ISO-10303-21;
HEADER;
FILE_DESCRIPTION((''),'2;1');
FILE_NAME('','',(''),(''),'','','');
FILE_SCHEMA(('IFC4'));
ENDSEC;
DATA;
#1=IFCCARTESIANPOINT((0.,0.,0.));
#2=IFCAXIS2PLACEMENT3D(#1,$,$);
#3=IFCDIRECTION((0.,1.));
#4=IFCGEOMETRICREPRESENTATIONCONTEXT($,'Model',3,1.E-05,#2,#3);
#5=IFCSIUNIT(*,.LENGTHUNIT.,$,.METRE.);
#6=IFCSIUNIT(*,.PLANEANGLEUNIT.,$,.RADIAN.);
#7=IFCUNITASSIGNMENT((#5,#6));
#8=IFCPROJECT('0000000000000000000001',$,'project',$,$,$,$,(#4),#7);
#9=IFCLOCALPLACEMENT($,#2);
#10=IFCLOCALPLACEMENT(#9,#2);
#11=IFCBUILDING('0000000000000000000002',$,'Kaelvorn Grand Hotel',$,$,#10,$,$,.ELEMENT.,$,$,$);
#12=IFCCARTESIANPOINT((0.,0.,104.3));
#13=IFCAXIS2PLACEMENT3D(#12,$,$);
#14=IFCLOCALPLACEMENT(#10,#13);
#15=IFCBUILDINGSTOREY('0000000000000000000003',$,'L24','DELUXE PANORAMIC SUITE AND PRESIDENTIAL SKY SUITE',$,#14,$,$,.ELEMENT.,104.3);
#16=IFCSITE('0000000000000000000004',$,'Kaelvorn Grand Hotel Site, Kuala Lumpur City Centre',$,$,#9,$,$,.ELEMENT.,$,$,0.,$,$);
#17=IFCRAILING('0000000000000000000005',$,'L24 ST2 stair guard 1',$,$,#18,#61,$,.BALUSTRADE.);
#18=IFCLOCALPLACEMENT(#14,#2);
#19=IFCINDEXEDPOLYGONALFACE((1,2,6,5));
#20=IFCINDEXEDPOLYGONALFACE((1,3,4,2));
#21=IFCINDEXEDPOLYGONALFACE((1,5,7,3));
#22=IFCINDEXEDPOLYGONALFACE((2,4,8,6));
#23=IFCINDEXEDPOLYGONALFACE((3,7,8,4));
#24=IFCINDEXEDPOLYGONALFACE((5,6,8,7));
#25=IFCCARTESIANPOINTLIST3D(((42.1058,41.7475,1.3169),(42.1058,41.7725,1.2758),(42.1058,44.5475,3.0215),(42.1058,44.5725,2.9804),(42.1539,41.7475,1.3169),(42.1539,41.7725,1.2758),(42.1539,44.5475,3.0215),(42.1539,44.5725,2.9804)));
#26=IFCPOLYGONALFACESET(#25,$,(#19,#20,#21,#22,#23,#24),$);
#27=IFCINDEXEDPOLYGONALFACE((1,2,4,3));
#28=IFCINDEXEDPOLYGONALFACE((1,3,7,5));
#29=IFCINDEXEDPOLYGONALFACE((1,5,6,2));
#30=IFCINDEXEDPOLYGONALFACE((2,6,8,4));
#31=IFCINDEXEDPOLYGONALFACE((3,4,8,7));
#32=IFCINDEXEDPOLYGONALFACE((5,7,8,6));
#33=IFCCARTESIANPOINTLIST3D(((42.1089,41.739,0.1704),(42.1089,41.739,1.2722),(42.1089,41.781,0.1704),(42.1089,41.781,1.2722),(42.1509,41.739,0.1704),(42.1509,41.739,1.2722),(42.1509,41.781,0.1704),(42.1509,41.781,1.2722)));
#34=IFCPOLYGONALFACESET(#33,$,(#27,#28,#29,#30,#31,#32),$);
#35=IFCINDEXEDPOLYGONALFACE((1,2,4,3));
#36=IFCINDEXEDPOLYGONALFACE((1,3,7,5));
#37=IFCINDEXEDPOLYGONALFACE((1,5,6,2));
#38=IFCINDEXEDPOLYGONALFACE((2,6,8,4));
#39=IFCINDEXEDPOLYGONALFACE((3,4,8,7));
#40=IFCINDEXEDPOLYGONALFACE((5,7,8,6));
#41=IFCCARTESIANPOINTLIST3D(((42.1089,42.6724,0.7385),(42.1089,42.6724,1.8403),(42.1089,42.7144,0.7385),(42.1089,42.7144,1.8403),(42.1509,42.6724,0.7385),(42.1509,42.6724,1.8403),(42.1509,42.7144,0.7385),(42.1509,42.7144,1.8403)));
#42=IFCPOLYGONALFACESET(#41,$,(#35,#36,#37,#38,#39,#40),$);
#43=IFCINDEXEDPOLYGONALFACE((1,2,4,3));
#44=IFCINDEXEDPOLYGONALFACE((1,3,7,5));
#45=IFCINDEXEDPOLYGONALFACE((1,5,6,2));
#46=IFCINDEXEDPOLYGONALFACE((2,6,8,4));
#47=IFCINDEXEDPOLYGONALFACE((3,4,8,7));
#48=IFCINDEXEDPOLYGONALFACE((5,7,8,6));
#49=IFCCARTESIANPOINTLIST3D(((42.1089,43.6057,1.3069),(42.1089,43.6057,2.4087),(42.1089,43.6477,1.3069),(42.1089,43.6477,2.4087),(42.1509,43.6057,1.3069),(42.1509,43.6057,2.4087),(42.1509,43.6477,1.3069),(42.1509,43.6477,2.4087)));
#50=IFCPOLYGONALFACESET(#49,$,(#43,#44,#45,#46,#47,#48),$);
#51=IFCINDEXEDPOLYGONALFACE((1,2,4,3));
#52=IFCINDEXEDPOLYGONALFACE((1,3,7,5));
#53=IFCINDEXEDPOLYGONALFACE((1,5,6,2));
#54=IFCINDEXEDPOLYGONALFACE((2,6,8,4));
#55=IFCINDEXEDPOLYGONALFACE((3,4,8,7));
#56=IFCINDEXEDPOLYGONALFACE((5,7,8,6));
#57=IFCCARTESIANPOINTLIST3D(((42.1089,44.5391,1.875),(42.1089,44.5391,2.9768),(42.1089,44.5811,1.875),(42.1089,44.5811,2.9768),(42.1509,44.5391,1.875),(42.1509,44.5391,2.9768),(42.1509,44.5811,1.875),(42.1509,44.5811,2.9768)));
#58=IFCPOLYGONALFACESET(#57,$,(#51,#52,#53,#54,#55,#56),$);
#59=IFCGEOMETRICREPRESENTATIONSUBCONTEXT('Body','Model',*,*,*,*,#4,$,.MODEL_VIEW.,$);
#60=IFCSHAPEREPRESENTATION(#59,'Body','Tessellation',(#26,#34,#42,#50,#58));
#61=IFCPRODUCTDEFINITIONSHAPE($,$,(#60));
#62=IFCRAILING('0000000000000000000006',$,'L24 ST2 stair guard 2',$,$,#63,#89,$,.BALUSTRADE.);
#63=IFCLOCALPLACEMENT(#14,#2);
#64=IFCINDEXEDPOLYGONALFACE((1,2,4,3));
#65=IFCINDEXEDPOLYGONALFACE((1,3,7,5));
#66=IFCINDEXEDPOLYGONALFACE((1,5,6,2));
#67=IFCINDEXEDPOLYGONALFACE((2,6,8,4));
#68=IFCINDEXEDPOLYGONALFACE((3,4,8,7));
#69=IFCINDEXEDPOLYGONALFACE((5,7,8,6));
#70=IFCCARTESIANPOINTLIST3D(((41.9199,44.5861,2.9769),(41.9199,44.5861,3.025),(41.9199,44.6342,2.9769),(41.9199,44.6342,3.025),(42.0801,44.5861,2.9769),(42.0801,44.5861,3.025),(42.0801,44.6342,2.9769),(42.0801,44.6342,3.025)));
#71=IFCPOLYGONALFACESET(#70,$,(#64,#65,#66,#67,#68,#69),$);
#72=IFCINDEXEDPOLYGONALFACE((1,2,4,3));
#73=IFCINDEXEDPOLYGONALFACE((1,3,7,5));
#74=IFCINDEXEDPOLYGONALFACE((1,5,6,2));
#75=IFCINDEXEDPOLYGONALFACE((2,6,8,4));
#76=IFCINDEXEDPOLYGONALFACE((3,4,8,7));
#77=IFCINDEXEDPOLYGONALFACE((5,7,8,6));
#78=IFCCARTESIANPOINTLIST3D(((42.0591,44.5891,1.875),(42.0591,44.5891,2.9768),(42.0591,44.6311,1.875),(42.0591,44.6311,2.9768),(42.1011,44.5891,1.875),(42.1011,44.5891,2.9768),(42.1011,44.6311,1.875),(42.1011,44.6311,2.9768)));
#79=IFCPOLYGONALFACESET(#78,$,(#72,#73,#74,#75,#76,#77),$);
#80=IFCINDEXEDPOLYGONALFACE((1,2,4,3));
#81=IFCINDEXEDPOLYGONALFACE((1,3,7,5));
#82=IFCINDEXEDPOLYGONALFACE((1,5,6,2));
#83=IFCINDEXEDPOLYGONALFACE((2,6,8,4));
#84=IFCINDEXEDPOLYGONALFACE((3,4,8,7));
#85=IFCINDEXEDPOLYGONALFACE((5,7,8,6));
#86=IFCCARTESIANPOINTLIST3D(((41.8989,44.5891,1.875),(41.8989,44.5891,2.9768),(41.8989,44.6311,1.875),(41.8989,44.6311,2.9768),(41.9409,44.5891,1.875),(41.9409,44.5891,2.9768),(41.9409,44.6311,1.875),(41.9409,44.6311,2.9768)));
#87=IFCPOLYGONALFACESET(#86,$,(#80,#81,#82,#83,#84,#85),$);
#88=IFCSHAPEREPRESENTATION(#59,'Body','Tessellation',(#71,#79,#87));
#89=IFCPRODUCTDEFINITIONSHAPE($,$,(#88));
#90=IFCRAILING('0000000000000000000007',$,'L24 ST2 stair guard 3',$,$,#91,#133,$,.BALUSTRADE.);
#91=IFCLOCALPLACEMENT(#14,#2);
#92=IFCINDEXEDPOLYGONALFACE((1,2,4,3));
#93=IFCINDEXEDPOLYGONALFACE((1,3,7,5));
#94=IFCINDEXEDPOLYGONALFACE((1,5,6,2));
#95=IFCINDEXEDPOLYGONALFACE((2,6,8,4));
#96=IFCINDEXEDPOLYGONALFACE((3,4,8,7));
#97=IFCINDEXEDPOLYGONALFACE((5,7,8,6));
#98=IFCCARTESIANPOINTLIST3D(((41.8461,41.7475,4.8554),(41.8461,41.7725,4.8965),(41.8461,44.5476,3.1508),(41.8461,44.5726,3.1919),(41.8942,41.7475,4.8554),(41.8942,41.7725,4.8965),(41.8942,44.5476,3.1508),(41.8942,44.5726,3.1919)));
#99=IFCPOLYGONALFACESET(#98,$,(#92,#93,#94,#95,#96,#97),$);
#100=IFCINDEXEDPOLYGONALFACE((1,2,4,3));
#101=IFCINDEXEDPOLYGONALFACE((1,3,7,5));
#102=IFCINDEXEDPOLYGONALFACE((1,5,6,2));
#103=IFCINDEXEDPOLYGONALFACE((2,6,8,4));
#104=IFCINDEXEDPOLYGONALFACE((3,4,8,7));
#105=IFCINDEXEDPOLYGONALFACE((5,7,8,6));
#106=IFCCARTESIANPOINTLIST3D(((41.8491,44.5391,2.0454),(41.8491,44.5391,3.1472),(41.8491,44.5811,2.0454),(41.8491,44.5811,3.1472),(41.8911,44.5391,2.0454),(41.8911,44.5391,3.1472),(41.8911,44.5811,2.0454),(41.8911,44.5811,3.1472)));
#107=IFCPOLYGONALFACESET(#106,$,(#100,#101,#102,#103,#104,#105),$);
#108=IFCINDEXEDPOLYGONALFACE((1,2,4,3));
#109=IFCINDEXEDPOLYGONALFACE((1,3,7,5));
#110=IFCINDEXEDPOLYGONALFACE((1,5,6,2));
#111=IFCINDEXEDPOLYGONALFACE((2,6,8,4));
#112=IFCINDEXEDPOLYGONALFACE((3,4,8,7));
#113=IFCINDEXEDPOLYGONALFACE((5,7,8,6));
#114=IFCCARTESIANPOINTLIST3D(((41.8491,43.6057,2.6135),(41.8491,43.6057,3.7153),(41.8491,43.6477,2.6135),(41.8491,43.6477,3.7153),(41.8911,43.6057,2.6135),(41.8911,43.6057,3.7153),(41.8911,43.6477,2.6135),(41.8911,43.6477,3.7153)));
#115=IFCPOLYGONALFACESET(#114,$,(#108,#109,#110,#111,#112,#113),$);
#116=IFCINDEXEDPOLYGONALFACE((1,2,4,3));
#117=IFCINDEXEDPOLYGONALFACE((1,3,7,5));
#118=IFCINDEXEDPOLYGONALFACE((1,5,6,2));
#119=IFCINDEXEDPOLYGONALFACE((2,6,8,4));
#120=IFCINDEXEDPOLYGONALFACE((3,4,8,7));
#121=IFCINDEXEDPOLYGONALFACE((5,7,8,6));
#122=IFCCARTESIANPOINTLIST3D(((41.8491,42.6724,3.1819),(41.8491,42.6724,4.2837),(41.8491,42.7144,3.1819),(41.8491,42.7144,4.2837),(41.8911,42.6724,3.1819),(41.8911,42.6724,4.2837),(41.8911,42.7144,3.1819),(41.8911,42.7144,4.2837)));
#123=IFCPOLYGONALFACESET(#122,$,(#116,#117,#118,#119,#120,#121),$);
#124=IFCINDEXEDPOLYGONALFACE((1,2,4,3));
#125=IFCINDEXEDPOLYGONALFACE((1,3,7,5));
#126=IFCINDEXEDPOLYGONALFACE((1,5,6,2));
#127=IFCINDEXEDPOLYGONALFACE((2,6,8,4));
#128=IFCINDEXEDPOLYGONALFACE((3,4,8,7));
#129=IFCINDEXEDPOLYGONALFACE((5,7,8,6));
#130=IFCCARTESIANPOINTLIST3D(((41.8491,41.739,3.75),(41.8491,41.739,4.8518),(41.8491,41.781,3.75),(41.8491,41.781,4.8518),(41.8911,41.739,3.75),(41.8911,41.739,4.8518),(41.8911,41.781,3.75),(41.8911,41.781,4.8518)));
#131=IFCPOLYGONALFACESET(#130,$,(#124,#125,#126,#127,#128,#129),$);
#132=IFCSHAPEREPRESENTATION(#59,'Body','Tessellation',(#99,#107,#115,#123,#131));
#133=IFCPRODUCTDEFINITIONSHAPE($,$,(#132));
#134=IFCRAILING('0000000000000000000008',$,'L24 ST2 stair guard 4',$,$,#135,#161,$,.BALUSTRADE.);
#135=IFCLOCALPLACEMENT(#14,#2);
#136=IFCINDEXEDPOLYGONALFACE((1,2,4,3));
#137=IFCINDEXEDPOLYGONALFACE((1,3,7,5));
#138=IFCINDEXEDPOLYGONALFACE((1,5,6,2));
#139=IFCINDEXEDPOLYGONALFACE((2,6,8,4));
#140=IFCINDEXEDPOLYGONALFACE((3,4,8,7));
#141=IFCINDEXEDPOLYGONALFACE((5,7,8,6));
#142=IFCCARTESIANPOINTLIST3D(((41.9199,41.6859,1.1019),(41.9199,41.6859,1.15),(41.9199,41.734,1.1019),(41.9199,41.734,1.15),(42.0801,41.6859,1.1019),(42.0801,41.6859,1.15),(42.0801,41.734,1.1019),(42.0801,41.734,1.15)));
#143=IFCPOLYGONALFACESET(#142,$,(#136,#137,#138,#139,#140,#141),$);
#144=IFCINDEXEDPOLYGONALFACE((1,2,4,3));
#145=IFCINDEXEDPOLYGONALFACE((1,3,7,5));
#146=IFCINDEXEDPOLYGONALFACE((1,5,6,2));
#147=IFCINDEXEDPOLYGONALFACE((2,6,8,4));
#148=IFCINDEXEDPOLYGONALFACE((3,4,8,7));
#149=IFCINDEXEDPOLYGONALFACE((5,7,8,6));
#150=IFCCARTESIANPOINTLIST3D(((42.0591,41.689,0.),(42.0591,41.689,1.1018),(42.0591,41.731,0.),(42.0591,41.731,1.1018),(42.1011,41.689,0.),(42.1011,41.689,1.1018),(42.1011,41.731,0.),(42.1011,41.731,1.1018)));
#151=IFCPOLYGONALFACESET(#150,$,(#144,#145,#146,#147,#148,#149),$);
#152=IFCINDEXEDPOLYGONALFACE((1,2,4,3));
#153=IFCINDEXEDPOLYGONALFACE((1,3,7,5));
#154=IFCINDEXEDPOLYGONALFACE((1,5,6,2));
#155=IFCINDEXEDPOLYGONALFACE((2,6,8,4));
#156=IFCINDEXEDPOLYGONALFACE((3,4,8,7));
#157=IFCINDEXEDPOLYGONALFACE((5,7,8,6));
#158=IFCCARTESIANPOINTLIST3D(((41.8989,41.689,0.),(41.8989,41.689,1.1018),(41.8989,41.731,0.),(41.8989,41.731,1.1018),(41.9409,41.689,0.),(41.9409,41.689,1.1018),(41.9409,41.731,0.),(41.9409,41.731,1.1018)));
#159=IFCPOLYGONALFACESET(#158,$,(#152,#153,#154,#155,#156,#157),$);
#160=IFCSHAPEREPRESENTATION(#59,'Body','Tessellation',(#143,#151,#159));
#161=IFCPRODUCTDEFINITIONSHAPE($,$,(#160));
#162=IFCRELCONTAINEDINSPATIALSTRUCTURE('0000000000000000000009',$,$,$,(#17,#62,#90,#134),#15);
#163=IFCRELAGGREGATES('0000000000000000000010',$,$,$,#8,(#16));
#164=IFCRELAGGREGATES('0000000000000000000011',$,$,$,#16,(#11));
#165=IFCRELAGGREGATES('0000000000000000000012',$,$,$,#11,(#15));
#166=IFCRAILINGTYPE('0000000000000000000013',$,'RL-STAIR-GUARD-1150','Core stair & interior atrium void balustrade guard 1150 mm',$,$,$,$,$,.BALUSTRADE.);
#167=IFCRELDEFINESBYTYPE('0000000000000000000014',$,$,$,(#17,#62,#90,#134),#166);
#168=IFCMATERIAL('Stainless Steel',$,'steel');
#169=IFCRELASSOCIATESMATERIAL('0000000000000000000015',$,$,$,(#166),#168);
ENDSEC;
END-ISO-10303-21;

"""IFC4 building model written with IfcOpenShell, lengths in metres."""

from ifc_helpers import new_model, si_unit, direction, frame, origin, origin_2d, place, context, subcontext, project, spatial, rectangle, extrude, material, type_object, element, save


model = new_model("IFC4")

# Units and contexts
model_context = context("Model", 3, precision=1e-05, world=origin(), true_north=direction((0.0, 1.0)))
body_context = subcontext(model_context, "Body", "Model", "MODEL_VIEW")
ifc_project = project(units=[si_unit("LENGTHUNIT", "METRE"), si_unit("PLANEANGLEUNIT", "RADIAN")], contexts=[model_context])

# Site, building, storey
site_placement = place(None, origin())
site = spatial("IfcSite", under=ifc_project, at=site_placement, Name="Kaelvorn Grand Hotel Site, Kuala Lumpur City Centre", CompositionType="ELEMENT", RefElevation=0.0)
building_placement = place(site_placement, origin())
building = spatial("IfcBuilding", under=site, at=building_placement, Name="Kaelvorn Grand Hotel", CompositionType="ELEMENT")
storey_placement = place(building_placement, frame((0.0, 0.0, 104.3)))
storey = spatial("IfcBuildingStorey", under=building, at=storey_placement, Name="L24", Description="DELUXE PANORAMIC SUITE AND PRESIDENTIAL SKY SUITE", CompositionType="ELEMENT", Elevation=104.3)

# Railings
ifc_material_1 = material(Name="Stainless Steel", Category="steel")
railing_type_1 = type_object("IfcRailingType", Name="RL-STAIR-GUARD-1150", Description="Core stair & interior atrium void balustrade guard 1150 mm", PredefinedType="BALUSTRADE", material=ifc_material_1)
railing_1_placement = place(storey_placement, frame((42.1299, 41.76, 0.1704)))
element("IfcRailing", 1, at=railing_1_placement, inside=storey, type_object=railing_type_1, Name="L24 ST2 stair guard 1", PredefinedType="BALUSTRADE", context=body_context, shape_type="SweptSolid", body=[
    extrude(rectangle(XDim=0.0481, YDim=0.0481, at=origin_2d()), frame((0.0, 0.0, 1.126), z_axis=(0.0, 0.85417, 0.519994), x_axis=(-1.0, 0.0, 0.0)), (0.0, 0.0, 1.0), 3.2781),
    extrude(rectangle(XDim=0.042, YDim=0.042, at=origin_2d()), origin(), (0.0, 0.0, 1.0), 1.1018),
    extrude(rectangle(XDim=0.042, YDim=0.042, at=origin_2d()), frame((0.0, 0.9333, 0.5681)), (0.0, 0.0, 1.0), 1.1018),
    extrude(rectangle(XDim=0.042, YDim=0.042, at=origin_2d()), frame((0.0, 1.8667, 1.1365)), (0.0, 0.0, 1.0), 1.1018),
    extrude(rectangle(XDim=0.042, YDim=0.042, at=origin_2d()), frame((0.0, 2.8, 1.7046)), (0.0, 0.0, 1.0), 1.1018),
])
railing_2_placement = place(storey_placement, frame((42.0801, 44.6101, 1.875)))
element("IfcRailing", 2, at=railing_2_placement, inside=storey, type_object=railing_type_1, Name="L24 ST2 stair guard 2", PredefinedType="BALUSTRADE", context=body_context, shape_type="SweptSolid", body=[
    extrude(rectangle(XDim=0.0481, YDim=0.0481, at=origin_2d()), frame((0.0, 0.0, 1.126), z_axis=(-1.0, 0.0, 0.0), x_axis=(0.0, -1.0, 0.0)), (0.0, 0.0, 1.0), 0.1602),
    extrude(rectangle(XDim=0.042, YDim=0.042, at=origin_2d()), origin(), (0.0, 0.0, 1.0), 1.1018),
    extrude(rectangle(XDim=0.042, YDim=0.042, at=origin_2d()), frame((-0.1602, 0.0, 0.0)), (0.0, 0.0, 1.0), 1.1018),
])
railing_3_placement = place(storey_placement, frame((41.8701, 44.5601, 2.0454)))
element("IfcRailing", 3, at=railing_3_placement, inside=storey, type_object=railing_type_1, Name="L24 ST2 stair guard 3", PredefinedType="BALUSTRADE", context=body_context, shape_type="SweptSolid", body=[
    extrude(rectangle(XDim=0.0481, YDim=0.0481, at=origin_2d()), frame((0.0, 0.0, 1.126), z_axis=(0.0, -0.85417, 0.519994), x_axis=(1.0, 0.0, 0.0)), (0.0, 0.0, 1.0), 3.2781),
    extrude(rectangle(XDim=0.042, YDim=0.042, at=origin_2d()), origin(), (0.0, 0.0, 1.0), 1.1018),
    extrude(rectangle(XDim=0.042, YDim=0.042, at=origin_2d()), frame((0.0, -0.9333, 0.5681)), (0.0, 0.0, 1.0), 1.1018),
    extrude(rectangle(XDim=0.042, YDim=0.042, at=origin_2d()), frame((0.0, -1.8667, 1.1365)), (0.0, 0.0, 1.0), 1.1018),
    extrude(rectangle(XDim=0.042, YDim=0.042, at=origin_2d()), frame((0.0, -2.8, 1.7046)), (0.0, 0.0, 1.0), 1.1018),
])
railing_4_placement = place(storey_placement, frame((42.0801, 41.71, 0.0)))
element("IfcRailing", 4, at=railing_4_placement, inside=storey, type_object=railing_type_1, Name="L24 ST2 stair guard 4", PredefinedType="BALUSTRADE", context=body_context, shape_type="SweptSolid", body=[
    extrude(rectangle(XDim=0.0481, YDim=0.0481, at=origin_2d()), frame((0.0, 0.0, 1.126), z_axis=(-1.0, 0.0, 0.0), x_axis=(0.0, -1.0, 0.0)), (0.0, 0.0, 1.0), 0.1602),
    extrude(rectangle(XDim=0.042, YDim=0.042, at=origin_2d()), origin(), (0.0, 0.0, 1.0), 1.1018),
    extrude(rectangle(XDim=0.042, YDim=0.042, at=origin_2d()), frame((-0.1602, 0.0, 0.0)), (0.0, 0.0, 1.0), 1.1018),
])

save(model, "model.ifc")
